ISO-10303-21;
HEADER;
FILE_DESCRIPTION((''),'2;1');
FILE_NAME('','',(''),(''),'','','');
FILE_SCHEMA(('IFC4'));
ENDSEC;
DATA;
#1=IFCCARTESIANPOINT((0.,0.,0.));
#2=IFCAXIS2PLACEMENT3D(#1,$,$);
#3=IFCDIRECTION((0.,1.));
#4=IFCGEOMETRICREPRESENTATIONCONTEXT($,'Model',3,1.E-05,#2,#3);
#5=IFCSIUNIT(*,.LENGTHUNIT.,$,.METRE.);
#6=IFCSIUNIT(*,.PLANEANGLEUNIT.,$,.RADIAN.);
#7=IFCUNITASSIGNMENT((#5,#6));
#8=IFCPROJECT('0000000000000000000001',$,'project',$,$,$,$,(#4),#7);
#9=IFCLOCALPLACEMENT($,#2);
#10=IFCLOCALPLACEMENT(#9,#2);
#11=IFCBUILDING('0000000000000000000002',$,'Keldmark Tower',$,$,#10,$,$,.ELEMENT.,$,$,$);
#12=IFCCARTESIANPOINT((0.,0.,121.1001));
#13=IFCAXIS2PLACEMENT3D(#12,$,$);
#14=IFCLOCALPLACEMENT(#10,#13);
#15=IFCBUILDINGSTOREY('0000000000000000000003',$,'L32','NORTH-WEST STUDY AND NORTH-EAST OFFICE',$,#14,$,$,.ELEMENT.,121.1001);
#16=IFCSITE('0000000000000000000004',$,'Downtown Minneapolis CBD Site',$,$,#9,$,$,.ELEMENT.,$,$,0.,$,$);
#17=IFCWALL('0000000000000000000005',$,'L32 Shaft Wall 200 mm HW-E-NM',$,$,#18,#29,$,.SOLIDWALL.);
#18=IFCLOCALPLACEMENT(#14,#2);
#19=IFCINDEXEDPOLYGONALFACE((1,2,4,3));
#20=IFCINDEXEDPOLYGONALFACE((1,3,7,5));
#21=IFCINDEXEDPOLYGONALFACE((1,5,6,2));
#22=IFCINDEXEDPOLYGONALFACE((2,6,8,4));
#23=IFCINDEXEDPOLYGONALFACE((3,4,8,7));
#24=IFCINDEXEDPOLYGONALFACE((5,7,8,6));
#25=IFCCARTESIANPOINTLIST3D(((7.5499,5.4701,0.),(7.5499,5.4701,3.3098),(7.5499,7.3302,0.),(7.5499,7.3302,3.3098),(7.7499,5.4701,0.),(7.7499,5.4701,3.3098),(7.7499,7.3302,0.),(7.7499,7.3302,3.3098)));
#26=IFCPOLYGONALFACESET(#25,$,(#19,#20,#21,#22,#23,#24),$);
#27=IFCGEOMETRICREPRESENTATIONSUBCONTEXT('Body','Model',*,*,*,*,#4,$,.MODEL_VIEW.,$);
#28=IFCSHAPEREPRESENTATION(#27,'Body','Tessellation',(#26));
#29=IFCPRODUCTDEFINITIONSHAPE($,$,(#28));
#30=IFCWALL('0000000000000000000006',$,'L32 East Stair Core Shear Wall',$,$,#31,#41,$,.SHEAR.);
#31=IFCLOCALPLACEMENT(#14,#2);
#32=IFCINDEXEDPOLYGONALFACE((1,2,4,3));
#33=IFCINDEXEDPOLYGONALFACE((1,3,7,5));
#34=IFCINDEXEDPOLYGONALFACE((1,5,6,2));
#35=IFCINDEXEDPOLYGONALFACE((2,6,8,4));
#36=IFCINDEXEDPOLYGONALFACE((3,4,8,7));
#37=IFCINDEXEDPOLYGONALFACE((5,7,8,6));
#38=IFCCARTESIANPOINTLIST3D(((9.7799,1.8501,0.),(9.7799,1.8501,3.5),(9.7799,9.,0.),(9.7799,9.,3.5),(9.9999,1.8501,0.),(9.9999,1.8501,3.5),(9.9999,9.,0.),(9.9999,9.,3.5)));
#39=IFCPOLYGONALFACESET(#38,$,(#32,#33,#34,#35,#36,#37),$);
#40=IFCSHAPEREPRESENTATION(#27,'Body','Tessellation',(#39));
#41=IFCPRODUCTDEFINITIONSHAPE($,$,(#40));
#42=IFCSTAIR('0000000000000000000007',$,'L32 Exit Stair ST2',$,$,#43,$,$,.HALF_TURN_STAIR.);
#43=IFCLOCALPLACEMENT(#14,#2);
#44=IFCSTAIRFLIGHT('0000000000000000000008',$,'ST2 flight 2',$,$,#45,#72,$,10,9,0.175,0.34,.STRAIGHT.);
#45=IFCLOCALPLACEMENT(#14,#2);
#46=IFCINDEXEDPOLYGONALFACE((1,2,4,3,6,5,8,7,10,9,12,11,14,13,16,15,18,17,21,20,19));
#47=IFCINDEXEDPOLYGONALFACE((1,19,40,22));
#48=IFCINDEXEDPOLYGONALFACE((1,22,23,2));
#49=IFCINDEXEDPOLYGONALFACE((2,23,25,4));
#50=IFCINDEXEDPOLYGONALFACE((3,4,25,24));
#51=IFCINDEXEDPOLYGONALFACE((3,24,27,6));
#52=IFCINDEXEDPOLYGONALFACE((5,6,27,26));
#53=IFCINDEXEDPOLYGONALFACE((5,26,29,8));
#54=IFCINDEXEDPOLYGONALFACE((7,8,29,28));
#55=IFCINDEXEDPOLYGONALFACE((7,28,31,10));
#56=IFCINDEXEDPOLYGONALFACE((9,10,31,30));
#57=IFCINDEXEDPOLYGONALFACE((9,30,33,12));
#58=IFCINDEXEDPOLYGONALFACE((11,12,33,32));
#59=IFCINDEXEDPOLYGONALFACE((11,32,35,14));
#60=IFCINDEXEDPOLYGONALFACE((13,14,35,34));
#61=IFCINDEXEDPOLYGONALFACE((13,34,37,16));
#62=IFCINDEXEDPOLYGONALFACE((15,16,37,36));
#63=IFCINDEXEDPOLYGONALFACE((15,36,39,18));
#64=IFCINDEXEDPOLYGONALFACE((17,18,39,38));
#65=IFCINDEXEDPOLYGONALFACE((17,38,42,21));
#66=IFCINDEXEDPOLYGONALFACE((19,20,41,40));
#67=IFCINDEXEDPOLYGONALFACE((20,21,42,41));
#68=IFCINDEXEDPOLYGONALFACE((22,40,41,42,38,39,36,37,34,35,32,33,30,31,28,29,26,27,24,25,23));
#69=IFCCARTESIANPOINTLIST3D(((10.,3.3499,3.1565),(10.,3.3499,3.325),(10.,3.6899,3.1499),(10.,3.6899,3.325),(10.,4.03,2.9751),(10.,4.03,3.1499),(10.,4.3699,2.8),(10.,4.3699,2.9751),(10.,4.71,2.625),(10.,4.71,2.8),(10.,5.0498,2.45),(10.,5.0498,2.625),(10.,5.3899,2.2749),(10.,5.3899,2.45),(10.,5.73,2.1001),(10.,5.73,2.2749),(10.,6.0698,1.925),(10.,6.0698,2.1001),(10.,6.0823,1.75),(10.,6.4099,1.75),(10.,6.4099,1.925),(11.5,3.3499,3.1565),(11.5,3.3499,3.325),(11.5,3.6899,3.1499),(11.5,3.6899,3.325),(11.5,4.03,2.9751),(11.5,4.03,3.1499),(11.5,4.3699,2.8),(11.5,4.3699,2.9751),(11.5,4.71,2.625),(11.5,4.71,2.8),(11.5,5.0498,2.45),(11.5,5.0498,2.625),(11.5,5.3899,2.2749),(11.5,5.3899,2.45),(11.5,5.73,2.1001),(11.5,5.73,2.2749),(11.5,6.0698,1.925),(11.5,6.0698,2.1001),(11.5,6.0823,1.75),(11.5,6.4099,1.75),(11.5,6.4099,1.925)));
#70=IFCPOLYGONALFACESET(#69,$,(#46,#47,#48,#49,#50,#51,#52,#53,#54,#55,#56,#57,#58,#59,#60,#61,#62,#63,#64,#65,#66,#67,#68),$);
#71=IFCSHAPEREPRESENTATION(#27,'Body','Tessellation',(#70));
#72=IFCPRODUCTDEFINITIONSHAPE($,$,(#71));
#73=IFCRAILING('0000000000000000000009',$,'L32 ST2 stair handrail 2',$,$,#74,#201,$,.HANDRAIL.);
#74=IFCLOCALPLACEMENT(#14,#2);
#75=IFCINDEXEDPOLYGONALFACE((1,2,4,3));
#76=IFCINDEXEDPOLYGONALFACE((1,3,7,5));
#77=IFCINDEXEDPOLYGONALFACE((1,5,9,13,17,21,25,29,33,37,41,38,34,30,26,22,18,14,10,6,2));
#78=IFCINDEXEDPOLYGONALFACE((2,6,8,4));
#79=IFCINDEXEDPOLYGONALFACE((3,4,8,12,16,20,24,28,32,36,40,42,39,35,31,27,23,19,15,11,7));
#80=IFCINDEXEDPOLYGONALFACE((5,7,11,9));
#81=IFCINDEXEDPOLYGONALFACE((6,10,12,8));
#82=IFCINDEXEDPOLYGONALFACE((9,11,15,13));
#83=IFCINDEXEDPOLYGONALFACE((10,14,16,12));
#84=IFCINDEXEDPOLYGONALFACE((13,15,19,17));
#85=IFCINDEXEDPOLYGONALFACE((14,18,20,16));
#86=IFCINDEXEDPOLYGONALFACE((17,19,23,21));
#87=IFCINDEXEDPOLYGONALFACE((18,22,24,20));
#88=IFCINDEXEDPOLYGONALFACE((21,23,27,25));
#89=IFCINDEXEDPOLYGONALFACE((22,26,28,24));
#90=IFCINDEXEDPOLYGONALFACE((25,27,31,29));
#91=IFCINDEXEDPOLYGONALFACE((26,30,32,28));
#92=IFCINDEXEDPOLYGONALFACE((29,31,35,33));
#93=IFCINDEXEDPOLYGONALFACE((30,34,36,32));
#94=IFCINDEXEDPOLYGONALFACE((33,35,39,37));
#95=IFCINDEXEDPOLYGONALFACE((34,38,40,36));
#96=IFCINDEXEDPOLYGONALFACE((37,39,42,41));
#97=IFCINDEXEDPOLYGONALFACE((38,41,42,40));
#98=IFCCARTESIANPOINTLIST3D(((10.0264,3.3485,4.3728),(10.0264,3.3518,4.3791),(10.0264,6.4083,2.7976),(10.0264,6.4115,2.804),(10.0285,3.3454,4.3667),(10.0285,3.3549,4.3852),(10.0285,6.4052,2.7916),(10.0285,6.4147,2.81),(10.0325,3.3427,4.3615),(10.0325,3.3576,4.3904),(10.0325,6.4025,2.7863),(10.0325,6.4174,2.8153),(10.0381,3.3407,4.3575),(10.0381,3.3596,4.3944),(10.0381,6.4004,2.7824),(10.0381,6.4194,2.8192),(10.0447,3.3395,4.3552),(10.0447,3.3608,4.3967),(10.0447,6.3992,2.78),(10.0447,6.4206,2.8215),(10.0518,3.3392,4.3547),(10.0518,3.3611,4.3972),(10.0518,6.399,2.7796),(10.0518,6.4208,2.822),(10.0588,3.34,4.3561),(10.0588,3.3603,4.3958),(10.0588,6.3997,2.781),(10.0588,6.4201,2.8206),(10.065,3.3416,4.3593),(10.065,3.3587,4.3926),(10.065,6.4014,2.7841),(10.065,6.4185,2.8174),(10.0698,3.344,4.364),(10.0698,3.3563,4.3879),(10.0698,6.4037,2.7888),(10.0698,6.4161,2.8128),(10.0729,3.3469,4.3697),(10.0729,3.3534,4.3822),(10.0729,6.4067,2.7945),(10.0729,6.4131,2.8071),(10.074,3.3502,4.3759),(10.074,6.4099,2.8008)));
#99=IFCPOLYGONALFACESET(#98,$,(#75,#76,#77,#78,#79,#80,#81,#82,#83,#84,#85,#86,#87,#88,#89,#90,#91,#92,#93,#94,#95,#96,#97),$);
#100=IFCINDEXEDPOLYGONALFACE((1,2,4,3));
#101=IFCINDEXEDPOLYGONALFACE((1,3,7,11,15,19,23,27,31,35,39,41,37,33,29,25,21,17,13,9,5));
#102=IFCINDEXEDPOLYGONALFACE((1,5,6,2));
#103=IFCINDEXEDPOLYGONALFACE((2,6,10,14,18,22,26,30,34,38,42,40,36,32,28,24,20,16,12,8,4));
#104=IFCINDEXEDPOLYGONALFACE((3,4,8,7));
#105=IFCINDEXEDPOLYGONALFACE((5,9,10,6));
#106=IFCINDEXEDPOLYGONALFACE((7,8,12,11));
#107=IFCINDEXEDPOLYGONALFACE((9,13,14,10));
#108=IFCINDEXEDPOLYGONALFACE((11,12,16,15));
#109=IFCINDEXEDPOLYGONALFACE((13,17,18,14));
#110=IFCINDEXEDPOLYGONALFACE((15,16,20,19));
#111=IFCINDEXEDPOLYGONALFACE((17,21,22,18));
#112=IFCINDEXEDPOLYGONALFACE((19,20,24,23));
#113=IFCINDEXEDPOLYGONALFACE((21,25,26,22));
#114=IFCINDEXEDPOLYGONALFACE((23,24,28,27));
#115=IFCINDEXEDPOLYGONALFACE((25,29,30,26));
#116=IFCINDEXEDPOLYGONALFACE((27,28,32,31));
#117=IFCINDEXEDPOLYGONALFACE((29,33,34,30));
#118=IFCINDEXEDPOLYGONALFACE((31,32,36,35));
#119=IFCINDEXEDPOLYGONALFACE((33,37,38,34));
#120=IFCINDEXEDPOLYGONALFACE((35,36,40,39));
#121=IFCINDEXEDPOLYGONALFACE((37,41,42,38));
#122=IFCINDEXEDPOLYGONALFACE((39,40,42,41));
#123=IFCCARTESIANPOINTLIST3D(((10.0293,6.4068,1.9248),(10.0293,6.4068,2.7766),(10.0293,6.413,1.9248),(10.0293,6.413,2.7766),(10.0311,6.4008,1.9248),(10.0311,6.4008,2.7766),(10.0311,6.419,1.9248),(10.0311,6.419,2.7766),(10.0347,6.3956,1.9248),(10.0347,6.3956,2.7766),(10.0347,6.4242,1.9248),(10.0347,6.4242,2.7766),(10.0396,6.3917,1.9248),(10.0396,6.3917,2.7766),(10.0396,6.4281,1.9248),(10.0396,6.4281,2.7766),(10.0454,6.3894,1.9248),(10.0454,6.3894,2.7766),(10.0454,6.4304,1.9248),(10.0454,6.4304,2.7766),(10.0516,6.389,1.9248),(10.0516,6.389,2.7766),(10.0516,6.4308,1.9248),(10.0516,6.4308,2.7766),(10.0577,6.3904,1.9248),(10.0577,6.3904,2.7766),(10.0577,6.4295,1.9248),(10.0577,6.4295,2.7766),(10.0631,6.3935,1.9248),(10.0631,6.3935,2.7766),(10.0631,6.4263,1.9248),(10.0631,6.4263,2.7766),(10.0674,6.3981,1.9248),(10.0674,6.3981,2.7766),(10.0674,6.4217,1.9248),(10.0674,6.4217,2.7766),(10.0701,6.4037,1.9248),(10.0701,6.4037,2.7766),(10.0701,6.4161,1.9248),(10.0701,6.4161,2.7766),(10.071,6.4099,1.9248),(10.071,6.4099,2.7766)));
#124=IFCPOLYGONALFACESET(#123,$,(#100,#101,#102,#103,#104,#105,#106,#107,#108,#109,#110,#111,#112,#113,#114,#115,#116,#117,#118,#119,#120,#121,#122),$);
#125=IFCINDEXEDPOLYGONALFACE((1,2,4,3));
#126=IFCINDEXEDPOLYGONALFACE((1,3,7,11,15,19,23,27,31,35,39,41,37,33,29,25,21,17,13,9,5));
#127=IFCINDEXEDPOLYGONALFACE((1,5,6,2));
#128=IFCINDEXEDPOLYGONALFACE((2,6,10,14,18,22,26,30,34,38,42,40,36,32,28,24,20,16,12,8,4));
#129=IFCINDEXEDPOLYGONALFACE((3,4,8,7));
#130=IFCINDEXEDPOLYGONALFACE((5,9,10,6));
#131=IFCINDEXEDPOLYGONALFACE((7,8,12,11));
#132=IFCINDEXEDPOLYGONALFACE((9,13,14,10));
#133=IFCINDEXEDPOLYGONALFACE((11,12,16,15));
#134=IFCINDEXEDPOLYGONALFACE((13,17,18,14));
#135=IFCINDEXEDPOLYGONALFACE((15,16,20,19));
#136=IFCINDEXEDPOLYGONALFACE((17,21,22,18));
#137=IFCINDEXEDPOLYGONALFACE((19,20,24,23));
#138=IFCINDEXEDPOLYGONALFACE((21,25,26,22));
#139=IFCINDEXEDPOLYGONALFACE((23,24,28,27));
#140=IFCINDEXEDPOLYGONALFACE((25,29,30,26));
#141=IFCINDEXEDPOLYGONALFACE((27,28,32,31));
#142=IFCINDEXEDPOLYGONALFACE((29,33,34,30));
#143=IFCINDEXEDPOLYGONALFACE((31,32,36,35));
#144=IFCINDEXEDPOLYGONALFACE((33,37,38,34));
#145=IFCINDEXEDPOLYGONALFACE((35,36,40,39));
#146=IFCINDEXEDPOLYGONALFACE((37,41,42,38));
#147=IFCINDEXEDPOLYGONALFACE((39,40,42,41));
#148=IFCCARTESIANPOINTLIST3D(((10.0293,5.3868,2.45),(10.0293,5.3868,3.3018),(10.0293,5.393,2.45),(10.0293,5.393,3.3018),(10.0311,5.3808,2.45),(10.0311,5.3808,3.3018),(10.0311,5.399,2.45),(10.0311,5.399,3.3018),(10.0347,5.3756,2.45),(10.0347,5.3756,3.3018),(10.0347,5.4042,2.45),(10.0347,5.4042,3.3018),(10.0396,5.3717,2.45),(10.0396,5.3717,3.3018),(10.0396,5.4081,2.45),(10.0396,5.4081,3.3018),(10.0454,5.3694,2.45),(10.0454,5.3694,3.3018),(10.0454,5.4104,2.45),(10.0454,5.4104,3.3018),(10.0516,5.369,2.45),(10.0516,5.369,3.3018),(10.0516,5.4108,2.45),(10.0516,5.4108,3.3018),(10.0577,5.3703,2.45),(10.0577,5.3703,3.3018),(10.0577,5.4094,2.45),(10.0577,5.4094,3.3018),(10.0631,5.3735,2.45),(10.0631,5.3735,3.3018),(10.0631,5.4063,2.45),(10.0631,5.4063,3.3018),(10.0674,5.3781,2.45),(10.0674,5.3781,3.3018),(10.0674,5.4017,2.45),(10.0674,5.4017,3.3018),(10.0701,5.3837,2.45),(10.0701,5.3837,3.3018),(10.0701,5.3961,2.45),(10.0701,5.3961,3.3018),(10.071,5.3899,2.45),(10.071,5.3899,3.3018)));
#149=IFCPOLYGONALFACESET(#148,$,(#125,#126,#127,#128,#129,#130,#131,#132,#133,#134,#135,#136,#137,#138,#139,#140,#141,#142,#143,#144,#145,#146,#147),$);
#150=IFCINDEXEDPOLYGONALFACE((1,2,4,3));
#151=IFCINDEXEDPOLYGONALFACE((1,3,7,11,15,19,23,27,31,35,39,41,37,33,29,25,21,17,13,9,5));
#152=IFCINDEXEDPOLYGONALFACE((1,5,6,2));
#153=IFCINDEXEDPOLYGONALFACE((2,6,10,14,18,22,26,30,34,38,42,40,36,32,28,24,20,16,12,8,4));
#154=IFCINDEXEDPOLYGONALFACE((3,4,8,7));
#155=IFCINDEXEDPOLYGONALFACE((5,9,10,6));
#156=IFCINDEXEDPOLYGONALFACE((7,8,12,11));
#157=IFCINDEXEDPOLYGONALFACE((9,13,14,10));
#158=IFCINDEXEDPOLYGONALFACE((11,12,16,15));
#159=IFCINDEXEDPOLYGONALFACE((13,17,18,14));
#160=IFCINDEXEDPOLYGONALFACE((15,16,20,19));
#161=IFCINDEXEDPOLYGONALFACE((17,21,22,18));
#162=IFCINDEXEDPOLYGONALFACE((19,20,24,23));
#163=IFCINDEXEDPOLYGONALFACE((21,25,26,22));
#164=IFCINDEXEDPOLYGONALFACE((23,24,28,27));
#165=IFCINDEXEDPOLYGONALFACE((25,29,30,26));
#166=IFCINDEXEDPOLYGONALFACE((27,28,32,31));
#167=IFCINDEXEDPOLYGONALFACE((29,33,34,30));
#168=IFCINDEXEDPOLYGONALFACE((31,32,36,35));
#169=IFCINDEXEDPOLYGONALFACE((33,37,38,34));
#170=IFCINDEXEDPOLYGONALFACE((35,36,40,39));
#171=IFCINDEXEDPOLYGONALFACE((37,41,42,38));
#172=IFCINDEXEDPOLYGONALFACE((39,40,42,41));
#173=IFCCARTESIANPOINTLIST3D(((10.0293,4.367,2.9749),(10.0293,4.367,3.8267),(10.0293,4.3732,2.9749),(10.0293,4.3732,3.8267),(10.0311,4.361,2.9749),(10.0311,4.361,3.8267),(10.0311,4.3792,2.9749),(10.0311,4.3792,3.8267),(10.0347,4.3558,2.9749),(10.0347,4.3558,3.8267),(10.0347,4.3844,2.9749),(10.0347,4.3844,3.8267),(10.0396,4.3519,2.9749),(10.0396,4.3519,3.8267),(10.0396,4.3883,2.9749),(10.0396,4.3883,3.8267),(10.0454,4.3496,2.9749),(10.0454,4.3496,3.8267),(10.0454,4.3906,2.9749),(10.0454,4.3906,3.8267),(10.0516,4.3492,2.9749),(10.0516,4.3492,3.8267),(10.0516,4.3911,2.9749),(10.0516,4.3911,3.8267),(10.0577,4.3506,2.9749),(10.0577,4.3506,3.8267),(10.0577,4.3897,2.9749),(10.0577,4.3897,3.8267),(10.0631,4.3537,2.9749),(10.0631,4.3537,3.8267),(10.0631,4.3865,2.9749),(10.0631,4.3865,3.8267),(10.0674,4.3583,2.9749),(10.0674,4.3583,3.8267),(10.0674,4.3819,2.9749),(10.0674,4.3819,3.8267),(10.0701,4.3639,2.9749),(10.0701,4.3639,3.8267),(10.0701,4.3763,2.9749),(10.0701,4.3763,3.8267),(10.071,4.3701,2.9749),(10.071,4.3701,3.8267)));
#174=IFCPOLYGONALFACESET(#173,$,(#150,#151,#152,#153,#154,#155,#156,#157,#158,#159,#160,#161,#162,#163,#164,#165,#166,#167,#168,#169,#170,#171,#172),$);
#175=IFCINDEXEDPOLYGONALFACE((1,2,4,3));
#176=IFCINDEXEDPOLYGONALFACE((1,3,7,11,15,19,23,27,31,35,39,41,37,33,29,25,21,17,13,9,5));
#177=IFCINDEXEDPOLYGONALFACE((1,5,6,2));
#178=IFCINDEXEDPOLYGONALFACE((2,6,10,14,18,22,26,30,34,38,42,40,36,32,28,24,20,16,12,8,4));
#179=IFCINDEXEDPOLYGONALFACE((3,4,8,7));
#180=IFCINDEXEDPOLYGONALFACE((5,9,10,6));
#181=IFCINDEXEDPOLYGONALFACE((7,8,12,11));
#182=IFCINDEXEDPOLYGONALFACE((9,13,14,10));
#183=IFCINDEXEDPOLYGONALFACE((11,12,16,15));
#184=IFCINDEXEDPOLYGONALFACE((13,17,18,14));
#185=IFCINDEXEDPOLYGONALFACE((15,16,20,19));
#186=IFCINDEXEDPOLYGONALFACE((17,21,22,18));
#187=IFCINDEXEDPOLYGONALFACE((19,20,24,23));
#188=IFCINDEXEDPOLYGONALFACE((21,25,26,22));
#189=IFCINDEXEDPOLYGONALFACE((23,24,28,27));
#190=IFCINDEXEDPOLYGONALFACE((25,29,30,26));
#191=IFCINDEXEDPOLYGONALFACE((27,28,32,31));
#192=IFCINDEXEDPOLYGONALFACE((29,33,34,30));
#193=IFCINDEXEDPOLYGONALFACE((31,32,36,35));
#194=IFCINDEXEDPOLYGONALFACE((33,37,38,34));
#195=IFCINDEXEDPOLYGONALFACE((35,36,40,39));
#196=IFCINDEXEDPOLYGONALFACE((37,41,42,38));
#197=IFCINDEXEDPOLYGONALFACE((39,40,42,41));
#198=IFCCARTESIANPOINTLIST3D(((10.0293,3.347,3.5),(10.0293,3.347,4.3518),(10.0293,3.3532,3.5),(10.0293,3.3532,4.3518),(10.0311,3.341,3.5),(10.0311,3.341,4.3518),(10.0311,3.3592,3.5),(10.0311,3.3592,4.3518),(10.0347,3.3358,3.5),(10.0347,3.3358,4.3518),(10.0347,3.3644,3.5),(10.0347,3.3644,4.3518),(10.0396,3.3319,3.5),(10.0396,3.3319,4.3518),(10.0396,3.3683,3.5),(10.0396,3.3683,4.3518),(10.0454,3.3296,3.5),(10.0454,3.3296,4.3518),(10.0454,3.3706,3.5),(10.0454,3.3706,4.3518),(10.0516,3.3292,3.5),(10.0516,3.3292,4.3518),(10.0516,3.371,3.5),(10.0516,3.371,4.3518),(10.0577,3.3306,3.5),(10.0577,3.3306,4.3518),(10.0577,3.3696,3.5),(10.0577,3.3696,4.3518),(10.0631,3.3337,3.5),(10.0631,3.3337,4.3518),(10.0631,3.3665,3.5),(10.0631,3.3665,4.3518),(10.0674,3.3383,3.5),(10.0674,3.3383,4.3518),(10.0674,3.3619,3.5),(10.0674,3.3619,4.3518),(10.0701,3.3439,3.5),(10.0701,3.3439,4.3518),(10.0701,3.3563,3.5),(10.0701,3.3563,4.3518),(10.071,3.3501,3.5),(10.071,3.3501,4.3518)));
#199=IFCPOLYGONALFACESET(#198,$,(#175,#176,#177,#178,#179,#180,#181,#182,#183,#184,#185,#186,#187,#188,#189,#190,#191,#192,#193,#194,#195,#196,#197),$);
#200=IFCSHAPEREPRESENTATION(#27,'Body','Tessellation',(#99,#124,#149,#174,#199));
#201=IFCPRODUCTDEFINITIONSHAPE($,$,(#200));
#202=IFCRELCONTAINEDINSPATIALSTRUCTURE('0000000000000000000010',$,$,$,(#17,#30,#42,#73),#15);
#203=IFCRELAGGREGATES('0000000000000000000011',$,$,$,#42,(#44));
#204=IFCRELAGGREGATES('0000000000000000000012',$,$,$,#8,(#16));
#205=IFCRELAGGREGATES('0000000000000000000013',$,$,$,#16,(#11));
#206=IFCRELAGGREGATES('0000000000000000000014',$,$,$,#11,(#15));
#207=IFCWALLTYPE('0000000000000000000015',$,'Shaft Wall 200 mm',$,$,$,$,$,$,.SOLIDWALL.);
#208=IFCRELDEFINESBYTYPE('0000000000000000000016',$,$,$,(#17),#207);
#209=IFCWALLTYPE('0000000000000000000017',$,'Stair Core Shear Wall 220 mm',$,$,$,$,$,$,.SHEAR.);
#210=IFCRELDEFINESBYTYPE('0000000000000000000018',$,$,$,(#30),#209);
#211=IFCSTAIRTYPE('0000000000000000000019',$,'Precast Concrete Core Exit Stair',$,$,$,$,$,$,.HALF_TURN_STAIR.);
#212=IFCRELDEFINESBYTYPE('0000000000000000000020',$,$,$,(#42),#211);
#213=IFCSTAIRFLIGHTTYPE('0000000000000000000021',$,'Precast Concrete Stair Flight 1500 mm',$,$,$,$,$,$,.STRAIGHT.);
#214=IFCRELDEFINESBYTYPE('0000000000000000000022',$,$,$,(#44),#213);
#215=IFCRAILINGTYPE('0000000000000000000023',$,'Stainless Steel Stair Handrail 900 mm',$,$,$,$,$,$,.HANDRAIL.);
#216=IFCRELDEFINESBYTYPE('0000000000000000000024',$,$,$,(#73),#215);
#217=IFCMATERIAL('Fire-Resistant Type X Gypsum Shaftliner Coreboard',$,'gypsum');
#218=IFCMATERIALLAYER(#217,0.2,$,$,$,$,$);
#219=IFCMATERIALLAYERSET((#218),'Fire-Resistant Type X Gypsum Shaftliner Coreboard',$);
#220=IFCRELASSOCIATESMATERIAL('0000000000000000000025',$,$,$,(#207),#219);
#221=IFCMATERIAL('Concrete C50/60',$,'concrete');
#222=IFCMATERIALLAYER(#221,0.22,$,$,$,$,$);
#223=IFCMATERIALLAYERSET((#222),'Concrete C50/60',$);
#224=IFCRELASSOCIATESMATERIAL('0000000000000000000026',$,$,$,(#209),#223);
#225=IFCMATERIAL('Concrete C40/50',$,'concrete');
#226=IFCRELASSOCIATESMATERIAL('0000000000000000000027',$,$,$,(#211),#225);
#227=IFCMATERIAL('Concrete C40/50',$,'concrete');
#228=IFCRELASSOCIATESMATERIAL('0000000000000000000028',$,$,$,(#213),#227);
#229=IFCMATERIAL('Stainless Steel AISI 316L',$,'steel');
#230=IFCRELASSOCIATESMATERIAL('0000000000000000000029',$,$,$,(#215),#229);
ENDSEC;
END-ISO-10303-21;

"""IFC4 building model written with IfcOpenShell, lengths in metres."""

from ifc_helpers import new_model, si_unit, direction, frame, frame_2d, origin, origin_2d, place, context, subcontext, project, spatial, polyline, rectangle, circle, outline, extrude, material, layer, layer_set, type_object, element, aggregate, save


model = new_model("IFC4")

# Units and contexts
model_context = context("Model", 3, precision=1e-05, world=origin(), true_north=direction((0.0, 1.0)))
body_context = subcontext(model_context, "Body", "Model", "MODEL_VIEW")
ifc_project = project(units=[si_unit("LENGTHUNIT", "METRE"), si_unit("PLANEANGLEUNIT", "RADIAN")], contexts=[model_context])

# Site, building, storey
site_placement = place(None, origin())
site = spatial("IfcSite", under=ifc_project, at=site_placement, Name="Downtown Minneapolis CBD Site", CompositionType="ELEMENT", RefElevation=0.0)
building_placement = place(site_placement, origin())
building = spatial("IfcBuilding", under=site, at=building_placement, Name="Keldmark Tower", CompositionType="ELEMENT")
storey_placement = place(building_placement, frame((0.0, 0.0, 121.1001)))
storey = spatial("IfcBuildingStorey", under=building, at=storey_placement, Name="L32", Description="NORTH-WEST STUDY AND NORTH-EAST OFFICE", CompositionType="ELEMENT", Elevation=121.1001)

# Shared definitions
ifc_material_1 = material(Name="Fire-Resistant Type X Gypsum Shaftliner Coreboard", Category="gypsum")
ifc_layer_1 = layer(ifc_material_1, 0.2)
ifc_layer_set_1 = layer_set([ifc_layer_1], Name="Fire-Resistant Type X Gypsum Shaftliner Coreboard")
wall_type_1 = type_object("IfcWallType", Name="Shaft Wall 200 mm", PredefinedType="SOLIDWALL", material=ifc_layer_set_1)

# Walls
wall_1_placement = place(storey_placement, frame((7.6499, 5.47, 0.0), z_axis=(0.0, 0.0, 1.0), x_axis=(0.0, 1.0, 0.0)))
element("IfcWall", 1, at=wall_1_placement, inside=storey, type_object=wall_type_1, Name="L32 Shaft Wall 200 mm HW-E-NM", PredefinedType="SOLIDWALL", context=body_context, shape_type="SweptSolid", body=[
    extrude(rectangle(XDim=1.8601, YDim=0.2, at=frame_2d((0.9302, 0.0))), origin(), (0.0, 0.0, 1.0), 3.3098),
])
ifc_material_2 = material(Name="Concrete C50/60", Category="concrete")
ifc_layer_2 = layer(ifc_material_2, 0.22)
ifc_layer_set_2 = layer_set([ifc_layer_2], Name="Concrete C50/60")
wall_type_2 = type_object("IfcWallType", Name="Stair Core Shear Wall 220 mm", PredefinedType="SHEAR", material=ifc_layer_set_2)
wall_2_placement = place(storey_placement, frame((9.8899, 1.8501, 0.0), z_axis=(0.0, 0.0, 1.0), x_axis=(0.0, 1.0, 0.0)))
element("IfcWall", 2, at=wall_2_placement, inside=storey, type_object=wall_type_2, Name="L32 East Stair Core Shear Wall", PredefinedType="SHEAR", context=body_context, shape_type="SweptSolid", body=[
    extrude(rectangle(XDim=7.1499, YDim=0.22, at=frame_2d((3.575, 0.0))), origin(), (0.0, 0.0, 1.0), 3.5),
])

# Stair, stair flight
ifc_material_3 = material(Name="Concrete C40/50", Category="concrete")
stair_type = type_object("IfcStairType", Name="Precast Concrete Core Exit Stair", PredefinedType="HALF_TURN_STAIR", material=ifc_material_3)
stair_placement = place(storey_placement, origin())
stair = element("IfcStair", 3, at=stair_placement, inside=storey, type_object=stair_type, Name="L32 Exit Stair ST2", PredefinedType="HALF_TURN_STAIR")
ifc_material_4 = material(Name="Concrete C40/50", Category="concrete")
stair_flight_type = type_object("IfcStairFlightType", Name="Precast Concrete Stair Flight 1500 mm", PredefinedType="STRAIGHT", material=ifc_material_4)
stair_flight_placement = place(storey_placement, frame((10.75, 6.4099, 1.75), z_axis=(0.0, 0.0, 1.0), x_axis=(0.0, -1.0, 0.0)))
stair_flight = element("IfcStairFlight", 4, at=stair_flight_placement, type_object=stair_flight_type, Name="ST2 flight 2", NumberOfRisers=10, NumberOfTreads=9, PredefinedType="STRAIGHT", RiserHeight=0.175, TreadLength=0.34, context=body_context, shape_type="SweptSolid", body=[
    extrude(outline(polyline([(0.0, 0.0), (0.0, 0.175), (0.3401, 0.175), (0.3401, 0.3501), (0.6799, 0.3501), (0.6799, 0.5249), (1.02, 0.5249), (1.02, 0.7), (1.3601, 0.7), (1.3601, 0.875), (1.7, 0.875), (1.7, 1.05), (2.04, 1.05), (2.04, 1.2251), (2.3799, 1.2251), (2.3799, 1.3999), (2.72, 1.3999), (2.72, 1.575), (3.0601, 1.575), (3.0601, 1.75), (3.0601, 1.4065), (0.3276, 0.0), (0.0, 0.0)])), frame((0.0, 0.75, 0.0), z_axis=(0.0, -1.0, 0.0), x_axis=(1.0, 0.0, 0.0)), (0.0, 0.0, 1.0), 1.5),
])
aggregate(stair, [stair_flight])

# Railing
ifc_material_5 = material(Name="Stainless Steel AISI 316L", Category="steel")
railing_type = type_object("IfcRailingType", Name="Stainless Steel Stair Handrail 900 mm", PredefinedType="HANDRAIL", material=ifc_material_5)
railing_placement = place(storey_placement, frame((10.05, 6.4099, 1.9248)))
element("IfcRailing", 5, at=railing_placement, inside=storey, type_object=railing_type, Name="L32 ST2 stair handrail 2", PredefinedType="HANDRAIL", context=body_context, shape_type="SweptSolid", body=[
    extrude(circle(Radius=0.0239, at=origin_2d()), frame((0.0, 0.0, 0.876), z_axis=(0.0, -0.889101, 0.45771), x_axis=(1.0, 0.0, 0.0)), (0.0, 0.0, 1.0), 3.4414),
    extrude(circle(Radius=0.021, at=origin_2d()), origin(), (0.0, 0.0, 1.0), 0.8518),
    extrude(circle(Radius=0.021, at=origin_2d()), frame((0.0, -1.02, 0.5251)), (0.0, 0.0, 1.0), 0.8518),
    extrude(circle(Radius=0.021, at=origin_2d()), frame((0.0, -2.0398, 1.05)), (0.0, 0.0, 1.0), 0.8518),
    extrude(circle(Radius=0.021, at=origin_2d()), frame((0.0, -3.0598, 1.5752)), (0.0, 0.0, 1.0), 0.8518),
])

save(model, "model.ifc")
